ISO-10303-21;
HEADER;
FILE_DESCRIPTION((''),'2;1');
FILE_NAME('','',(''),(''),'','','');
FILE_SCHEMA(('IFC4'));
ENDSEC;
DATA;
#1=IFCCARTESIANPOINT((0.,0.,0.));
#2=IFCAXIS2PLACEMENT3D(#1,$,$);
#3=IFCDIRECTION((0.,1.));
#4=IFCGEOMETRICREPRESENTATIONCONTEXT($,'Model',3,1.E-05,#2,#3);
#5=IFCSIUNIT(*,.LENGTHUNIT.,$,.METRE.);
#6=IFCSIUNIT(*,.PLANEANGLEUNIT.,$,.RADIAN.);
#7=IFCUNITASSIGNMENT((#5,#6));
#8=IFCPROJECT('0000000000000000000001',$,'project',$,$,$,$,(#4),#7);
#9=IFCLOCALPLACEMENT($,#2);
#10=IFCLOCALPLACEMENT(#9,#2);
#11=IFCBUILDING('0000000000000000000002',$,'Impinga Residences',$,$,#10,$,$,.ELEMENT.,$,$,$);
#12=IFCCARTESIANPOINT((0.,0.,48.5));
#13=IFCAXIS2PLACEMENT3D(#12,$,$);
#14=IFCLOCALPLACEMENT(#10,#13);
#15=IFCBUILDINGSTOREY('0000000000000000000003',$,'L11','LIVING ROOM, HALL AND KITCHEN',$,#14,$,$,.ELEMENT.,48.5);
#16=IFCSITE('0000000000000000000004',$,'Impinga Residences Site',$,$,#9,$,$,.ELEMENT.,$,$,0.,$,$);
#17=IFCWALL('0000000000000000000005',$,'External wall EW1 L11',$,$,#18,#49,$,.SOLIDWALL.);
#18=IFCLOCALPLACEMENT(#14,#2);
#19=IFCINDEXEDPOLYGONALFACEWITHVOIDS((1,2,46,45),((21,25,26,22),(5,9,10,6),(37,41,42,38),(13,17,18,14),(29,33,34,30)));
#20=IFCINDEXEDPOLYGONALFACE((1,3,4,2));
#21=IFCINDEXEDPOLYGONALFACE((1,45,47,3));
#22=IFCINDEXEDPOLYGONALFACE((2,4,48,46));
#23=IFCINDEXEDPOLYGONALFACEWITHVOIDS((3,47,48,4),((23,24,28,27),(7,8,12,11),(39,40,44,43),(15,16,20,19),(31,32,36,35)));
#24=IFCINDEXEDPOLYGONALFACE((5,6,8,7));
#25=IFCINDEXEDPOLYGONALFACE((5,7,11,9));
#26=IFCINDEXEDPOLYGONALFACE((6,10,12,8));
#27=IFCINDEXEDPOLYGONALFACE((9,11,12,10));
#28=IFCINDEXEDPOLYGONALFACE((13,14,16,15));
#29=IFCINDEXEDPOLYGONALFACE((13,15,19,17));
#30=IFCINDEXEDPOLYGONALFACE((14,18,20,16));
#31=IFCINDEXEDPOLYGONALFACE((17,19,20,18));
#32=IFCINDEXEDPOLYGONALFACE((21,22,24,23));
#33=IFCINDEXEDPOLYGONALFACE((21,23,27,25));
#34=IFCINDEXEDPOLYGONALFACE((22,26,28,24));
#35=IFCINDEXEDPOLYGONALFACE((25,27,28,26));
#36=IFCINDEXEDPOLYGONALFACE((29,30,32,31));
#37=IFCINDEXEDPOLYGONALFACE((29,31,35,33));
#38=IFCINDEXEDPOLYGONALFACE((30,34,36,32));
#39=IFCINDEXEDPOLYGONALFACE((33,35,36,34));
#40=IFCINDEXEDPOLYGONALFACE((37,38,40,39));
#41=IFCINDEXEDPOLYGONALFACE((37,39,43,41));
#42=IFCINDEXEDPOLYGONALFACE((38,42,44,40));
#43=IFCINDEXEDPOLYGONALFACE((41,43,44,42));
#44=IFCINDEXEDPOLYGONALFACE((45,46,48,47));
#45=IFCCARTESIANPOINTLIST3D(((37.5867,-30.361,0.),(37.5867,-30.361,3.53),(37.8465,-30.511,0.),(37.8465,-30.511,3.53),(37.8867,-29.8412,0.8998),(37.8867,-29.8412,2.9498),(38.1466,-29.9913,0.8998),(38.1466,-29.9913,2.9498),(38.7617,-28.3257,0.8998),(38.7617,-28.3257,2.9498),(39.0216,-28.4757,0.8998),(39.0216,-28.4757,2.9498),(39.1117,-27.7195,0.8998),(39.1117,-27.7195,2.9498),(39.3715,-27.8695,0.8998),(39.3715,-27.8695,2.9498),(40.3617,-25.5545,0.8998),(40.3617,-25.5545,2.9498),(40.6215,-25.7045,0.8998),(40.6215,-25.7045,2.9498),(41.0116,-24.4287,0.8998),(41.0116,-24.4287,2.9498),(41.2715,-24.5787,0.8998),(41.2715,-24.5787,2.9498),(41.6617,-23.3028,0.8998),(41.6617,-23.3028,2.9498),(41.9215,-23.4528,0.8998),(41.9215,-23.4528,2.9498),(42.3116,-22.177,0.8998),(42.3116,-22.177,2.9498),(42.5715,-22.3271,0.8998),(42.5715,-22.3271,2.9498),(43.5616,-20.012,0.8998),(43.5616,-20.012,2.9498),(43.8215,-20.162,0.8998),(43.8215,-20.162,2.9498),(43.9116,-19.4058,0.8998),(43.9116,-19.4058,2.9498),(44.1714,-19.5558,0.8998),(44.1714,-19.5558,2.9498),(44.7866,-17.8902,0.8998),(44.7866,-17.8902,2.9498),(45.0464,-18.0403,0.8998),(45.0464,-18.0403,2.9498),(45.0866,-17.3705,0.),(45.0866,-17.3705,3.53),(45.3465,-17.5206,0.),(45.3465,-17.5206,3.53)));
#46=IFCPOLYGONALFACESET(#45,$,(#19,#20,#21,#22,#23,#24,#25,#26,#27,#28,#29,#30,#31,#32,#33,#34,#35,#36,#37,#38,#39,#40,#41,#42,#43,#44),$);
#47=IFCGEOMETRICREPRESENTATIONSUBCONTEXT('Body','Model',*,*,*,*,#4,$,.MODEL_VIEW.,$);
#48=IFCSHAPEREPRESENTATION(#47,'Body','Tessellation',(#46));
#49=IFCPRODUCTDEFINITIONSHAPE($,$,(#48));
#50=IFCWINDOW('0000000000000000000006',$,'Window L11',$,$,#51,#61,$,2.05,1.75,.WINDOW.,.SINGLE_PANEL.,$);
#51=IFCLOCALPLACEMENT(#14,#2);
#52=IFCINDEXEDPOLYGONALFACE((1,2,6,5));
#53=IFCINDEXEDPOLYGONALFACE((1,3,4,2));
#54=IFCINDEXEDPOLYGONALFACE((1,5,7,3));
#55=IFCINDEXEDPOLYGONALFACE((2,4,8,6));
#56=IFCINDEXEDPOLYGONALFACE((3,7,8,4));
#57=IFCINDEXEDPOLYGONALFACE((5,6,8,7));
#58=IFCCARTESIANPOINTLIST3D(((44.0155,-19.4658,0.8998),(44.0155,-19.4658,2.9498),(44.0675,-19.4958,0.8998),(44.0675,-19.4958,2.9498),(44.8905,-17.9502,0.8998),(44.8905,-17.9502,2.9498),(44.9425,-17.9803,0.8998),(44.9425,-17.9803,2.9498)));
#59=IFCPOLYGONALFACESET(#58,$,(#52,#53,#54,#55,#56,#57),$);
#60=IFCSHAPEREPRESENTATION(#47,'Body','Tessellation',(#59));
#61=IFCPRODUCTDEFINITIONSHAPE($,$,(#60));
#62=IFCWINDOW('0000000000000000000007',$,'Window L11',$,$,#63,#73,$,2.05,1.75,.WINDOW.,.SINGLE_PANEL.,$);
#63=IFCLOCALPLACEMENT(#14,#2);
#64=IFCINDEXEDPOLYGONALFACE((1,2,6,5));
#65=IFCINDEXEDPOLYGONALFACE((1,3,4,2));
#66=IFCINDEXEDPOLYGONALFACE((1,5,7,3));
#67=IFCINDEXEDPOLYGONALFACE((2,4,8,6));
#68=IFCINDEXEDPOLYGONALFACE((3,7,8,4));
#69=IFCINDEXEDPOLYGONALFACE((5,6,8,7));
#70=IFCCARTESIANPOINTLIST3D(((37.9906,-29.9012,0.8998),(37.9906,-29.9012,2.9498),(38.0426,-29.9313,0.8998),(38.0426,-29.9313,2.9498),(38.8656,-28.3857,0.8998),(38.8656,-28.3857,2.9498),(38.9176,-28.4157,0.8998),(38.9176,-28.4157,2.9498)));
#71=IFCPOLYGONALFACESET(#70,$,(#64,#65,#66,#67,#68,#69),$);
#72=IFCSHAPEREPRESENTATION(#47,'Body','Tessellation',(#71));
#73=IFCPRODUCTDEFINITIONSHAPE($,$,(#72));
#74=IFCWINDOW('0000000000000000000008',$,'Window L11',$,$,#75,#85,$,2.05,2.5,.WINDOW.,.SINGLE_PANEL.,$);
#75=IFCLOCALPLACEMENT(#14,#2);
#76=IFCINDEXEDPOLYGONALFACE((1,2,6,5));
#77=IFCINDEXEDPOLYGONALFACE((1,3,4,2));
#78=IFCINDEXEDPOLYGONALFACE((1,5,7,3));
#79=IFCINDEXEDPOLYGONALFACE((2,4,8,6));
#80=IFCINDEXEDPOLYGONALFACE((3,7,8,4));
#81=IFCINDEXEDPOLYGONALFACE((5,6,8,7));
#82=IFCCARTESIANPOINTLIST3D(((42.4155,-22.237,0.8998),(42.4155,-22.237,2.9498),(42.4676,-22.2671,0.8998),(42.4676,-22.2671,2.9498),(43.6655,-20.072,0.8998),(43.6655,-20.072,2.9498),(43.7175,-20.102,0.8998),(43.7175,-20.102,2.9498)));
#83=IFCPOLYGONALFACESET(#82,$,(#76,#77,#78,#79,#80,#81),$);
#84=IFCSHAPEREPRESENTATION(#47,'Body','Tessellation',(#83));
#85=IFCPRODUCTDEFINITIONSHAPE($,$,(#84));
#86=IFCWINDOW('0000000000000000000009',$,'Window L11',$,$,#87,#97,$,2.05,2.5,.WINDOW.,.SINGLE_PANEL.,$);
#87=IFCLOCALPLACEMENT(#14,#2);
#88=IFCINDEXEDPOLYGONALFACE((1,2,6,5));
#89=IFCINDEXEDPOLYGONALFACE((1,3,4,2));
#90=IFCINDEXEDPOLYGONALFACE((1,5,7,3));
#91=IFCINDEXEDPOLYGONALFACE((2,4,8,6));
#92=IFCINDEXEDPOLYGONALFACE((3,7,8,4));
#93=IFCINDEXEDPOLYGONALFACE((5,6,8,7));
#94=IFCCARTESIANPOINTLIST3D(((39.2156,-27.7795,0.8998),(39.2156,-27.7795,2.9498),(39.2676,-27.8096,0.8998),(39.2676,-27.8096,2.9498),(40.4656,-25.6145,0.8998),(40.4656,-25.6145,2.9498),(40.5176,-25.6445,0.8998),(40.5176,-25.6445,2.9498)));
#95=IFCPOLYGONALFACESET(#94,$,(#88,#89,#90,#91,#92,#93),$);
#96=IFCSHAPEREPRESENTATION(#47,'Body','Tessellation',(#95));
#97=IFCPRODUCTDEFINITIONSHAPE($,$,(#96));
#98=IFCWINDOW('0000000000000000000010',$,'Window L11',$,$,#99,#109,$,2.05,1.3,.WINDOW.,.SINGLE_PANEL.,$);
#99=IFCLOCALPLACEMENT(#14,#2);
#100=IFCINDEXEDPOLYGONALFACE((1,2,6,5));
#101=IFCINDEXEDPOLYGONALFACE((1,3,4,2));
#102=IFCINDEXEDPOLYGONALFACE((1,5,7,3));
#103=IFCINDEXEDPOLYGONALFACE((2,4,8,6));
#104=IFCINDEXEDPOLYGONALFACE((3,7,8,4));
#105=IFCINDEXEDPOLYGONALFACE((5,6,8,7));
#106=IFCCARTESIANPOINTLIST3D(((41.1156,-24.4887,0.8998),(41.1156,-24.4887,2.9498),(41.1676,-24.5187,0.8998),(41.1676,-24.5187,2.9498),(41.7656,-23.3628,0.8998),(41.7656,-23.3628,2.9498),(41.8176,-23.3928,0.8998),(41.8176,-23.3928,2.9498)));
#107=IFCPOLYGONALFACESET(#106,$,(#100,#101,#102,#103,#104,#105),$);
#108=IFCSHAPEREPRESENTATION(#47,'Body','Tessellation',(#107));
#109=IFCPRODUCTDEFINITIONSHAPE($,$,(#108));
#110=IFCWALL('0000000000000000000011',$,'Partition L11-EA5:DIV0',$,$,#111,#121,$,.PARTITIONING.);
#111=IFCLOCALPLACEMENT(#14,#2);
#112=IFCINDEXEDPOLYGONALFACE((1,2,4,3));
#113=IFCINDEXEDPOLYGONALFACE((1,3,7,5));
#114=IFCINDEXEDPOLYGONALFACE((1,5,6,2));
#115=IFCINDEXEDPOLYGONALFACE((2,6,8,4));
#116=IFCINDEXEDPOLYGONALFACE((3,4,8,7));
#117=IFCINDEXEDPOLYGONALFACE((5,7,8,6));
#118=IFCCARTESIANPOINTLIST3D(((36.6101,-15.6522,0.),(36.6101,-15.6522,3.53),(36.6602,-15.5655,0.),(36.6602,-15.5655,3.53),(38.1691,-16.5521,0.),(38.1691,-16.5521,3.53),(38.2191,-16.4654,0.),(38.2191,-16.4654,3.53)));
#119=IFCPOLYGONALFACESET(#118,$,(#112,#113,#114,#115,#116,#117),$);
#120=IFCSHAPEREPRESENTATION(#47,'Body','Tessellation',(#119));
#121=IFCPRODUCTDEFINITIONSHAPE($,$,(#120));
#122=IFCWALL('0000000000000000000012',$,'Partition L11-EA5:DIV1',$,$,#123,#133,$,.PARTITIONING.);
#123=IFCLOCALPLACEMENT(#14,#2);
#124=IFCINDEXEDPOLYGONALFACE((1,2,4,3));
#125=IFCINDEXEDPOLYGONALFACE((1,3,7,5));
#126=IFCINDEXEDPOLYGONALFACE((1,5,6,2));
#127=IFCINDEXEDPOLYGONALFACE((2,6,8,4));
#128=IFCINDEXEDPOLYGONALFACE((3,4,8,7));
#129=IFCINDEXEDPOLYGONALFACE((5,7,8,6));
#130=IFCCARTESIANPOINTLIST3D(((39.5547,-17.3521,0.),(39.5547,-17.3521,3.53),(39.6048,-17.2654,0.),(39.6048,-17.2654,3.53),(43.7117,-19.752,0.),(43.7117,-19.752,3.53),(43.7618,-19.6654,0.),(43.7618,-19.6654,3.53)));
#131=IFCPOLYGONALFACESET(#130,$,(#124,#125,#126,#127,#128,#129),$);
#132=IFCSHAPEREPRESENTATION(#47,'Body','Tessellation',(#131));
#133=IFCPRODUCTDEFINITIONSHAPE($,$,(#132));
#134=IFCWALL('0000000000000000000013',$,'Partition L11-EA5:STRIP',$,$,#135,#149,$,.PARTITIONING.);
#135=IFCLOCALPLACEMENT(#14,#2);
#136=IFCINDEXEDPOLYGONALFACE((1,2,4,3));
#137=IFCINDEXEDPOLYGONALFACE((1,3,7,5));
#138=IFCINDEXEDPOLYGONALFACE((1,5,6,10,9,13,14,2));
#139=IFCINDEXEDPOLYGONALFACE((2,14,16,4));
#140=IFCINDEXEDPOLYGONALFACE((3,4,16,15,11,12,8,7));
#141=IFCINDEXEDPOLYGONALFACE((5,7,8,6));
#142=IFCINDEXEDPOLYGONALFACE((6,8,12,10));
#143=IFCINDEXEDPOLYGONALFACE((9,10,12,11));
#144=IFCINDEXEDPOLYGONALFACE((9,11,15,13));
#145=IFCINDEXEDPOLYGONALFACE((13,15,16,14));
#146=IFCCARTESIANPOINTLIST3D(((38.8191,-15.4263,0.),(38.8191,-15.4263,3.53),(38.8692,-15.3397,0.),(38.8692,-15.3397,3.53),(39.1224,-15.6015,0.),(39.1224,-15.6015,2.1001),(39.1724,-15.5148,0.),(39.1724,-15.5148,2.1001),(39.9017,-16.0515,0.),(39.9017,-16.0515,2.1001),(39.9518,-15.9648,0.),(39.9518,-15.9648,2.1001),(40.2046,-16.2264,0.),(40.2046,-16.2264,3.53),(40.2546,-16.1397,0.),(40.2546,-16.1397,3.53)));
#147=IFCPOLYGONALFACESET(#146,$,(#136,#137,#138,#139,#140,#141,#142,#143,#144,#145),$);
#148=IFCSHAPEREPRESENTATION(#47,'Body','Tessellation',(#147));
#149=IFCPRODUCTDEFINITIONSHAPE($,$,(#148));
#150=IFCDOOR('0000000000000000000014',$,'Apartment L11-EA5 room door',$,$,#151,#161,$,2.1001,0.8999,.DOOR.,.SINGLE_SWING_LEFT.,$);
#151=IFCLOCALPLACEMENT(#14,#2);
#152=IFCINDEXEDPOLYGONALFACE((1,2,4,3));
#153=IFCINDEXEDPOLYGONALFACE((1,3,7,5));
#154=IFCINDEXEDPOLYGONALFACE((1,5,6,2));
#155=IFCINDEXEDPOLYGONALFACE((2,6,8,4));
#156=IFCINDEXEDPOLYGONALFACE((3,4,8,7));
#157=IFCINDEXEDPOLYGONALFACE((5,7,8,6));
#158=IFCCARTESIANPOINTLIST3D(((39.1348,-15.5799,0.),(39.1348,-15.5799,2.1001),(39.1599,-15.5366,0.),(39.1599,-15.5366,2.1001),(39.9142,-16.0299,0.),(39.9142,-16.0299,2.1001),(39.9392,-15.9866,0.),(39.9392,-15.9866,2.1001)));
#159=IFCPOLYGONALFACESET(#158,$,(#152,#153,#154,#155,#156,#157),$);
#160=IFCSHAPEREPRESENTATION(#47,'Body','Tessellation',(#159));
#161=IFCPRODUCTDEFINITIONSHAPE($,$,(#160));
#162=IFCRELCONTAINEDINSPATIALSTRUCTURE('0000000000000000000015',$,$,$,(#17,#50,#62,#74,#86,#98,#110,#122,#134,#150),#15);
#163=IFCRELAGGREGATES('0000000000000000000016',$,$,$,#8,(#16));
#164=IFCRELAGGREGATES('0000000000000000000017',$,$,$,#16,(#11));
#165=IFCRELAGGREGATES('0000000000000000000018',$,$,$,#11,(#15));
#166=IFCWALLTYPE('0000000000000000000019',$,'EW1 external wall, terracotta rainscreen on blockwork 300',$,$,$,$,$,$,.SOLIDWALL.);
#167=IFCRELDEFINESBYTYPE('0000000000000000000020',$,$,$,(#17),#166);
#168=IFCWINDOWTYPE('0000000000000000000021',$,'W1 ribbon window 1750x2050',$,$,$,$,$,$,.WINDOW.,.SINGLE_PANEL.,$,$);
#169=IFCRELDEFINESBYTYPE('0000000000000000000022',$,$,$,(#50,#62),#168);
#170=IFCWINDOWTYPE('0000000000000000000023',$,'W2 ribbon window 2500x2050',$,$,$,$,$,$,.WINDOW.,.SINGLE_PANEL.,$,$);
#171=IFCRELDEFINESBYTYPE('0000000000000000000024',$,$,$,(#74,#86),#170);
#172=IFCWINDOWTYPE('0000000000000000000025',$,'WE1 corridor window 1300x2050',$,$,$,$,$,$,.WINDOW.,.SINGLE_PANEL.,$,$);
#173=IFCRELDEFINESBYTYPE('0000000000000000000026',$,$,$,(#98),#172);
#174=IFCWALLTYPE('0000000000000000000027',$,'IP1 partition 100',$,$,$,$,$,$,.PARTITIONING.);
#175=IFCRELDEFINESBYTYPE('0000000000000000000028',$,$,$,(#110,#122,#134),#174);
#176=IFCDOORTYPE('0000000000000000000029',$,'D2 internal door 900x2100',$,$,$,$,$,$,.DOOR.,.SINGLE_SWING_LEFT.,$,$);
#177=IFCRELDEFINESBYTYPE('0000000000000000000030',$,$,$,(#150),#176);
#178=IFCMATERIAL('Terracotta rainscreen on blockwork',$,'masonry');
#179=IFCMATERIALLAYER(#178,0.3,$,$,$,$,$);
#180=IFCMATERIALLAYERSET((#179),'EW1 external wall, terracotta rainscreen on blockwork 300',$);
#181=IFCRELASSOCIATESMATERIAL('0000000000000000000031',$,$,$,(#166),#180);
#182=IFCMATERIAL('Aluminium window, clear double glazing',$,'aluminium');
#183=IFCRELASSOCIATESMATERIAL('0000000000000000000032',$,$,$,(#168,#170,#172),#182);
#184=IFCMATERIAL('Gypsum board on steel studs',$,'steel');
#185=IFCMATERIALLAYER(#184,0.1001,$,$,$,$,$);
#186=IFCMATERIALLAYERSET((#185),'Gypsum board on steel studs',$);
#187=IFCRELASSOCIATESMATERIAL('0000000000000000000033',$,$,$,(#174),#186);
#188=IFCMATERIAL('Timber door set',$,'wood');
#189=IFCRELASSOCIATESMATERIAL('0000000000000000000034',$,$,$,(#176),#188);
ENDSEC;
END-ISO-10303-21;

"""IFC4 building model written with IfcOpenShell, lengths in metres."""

from ifc_helpers import new_model, si_unit, direction, frame, frame_2d, origin, place, context, subcontext, project, spatial, rectangle, extrude, material, layer, layer_set, type_object, element, fill, save


model = new_model("IFC4")

# Units and contexts
model_context = context("Model", 3, precision=1e-05, world=origin(), true_north=direction((0.0, 1.0)))
body_context = subcontext(model_context, "Body", "Model", "MODEL_VIEW")
ifc_project = project(units=[si_unit("LENGTHUNIT", "METRE"), si_unit("PLANEANGLEUNIT", "RADIAN")], contexts=[model_context])

# Site, building, storey
site_placement = place(None, origin())
site = spatial("IfcSite", under=ifc_project, at=site_placement, Name="Impinga Residences Site", CompositionType="ELEMENT", RefElevation=0.0)
building_placement = place(site_placement, origin())
building = spatial("IfcBuilding", under=site, at=building_placement, Name="Impinga Residences", CompositionType="ELEMENT")
storey_placement = place(building_placement, frame((0.0, 0.0, 48.5)))
storey = spatial("IfcBuildingStorey", under=building, at=storey_placement, Name="L11", Description="LIVING ROOM, HALL AND KITCHEN", CompositionType="ELEMENT", Elevation=48.5)

# Shared definitions
ifc_material_1 = material(Name="Terracotta rainscreen on blockwork", Category="masonry")
ifc_layer_1 = layer(ifc_material_1, 0.3)
ifc_layer_set_1 = layer_set([ifc_layer_1], Name="EW1 external wall, terracotta rainscreen on blockwork 300")
wall_type_1 = type_object("IfcWallType", Name="EW1 external wall, terracotta rainscreen on blockwork 300", PredefinedType="SOLIDWALL", material=ifc_layer_set_1)

# Wall, openings, windows
wall_1_placement = place(storey_placement, frame((45.2166, -17.4456, 0.0), z_axis=(0.0, 0.0, 1.0), x_axis=(-0.499997, -0.866027, 0.0)))
wall_1 = element("IfcWall", 1, at=wall_1_placement, inside=storey, type_object=wall_type_1, Name="External wall EW1 L11", PredefinedType="SOLIDWALL", context=body_context, shape_type="SweptSolid", body=[
    extrude(rectangle(XDim=15.0, YDim=0.3, at=frame_2d((7.5, 0.0))), origin(), (0.0, 0.0, 1.0), 3.53),
])
opening_1_placement = place(wall_1_placement, frame((0.6001, 0.0, 0.8999)))
opening_1 = element("IfcOpeningElement", 2, at=opening_1_placement, cuts=wall_1, PredefinedType="OPENING", context=body_context, shape_type="SweptSolid", body=[
    extrude(rectangle(XDim=1.75, YDim=2.05, at=frame_2d((0.875, 1.0249))), frame((0.0, 0.1599, 0.0), z_axis=(0.0, -1.0, 0.0), x_axis=(1.0, 0.0, 0.0)), (0.0, 0.0, 1.0), 0.3201),
])
opening_2_placement = place(wall_1_placement, frame((3.05, 0.0, 0.8999)))
opening_2 = element("IfcOpeningElement", 3, at=opening_2_placement, cuts=wall_1, PredefinedType="OPENING", context=body_context, shape_type="SweptSolid", body=[
    extrude(rectangle(XDim=2.5, YDim=2.05, at=frame_2d((1.25, 1.0249))), frame((0.0, 0.1599, 0.0), z_axis=(0.0, -1.0, 0.0), x_axis=(1.0, 0.0, 0.0)), (0.0, 0.0, 1.0), 0.3201),
])
opening_3_placement = place(wall_1_placement, frame((6.8501, 0.0, 0.8999)))
opening_3 = element("IfcOpeningElement", 4, at=opening_3_placement, cuts=wall_1, PredefinedType="OPENING", context=body_context, shape_type="SweptSolid", body=[
    extrude(rectangle(XDim=1.3, YDim=2.05, at=frame_2d((0.6499, 1.0249))), frame((0.0, 0.1599, 0.0), z_axis=(0.0, -1.0, 0.0), x_axis=(1.0, 0.0, 0.0)), (0.0, 0.0, 1.0), 0.3201),
])
opening_4_placement = place(wall_1_placement, frame((9.45, 0.0, 0.8999)))
opening_4 = element("IfcOpeningElement", 5, at=opening_4_placement, cuts=wall_1, PredefinedType="OPENING", context=body_context, shape_type="SweptSolid", body=[
    extrude(rectangle(XDim=2.5, YDim=2.05, at=frame_2d((1.25, 1.0249))), frame((0.0, 0.1599, 0.0), z_axis=(0.0, -1.0, 0.0), x_axis=(1.0, 0.0, 0.0)), (0.0, 0.0, 1.0), 0.3201),
])
opening_5_placement = place(wall_1_placement, frame((12.6499, 0.0, 0.8999)))
opening_5 = element("IfcOpeningElement", 6, at=opening_5_placement, cuts=wall_1, PredefinedType="OPENING", context=body_context, shape_type="SweptSolid", body=[
    extrude(rectangle(XDim=1.75, YDim=2.05, at=frame_2d((0.875, 1.0249))), frame((0.0, 0.1599, 0.0), z_axis=(0.0, -1.0, 0.0), x_axis=(1.0, 0.0, 0.0)), (0.0, 0.0, 1.0), 0.3201),
])
ifc_material_2 = material(Name="Aluminium window, clear double glazing", Category="aluminium")
window_type_1 = type_object("IfcWindowType", Name="W1 ribbon window 1750x2050", PartitioningType="SINGLE_PANEL", PredefinedType="WINDOW", material=ifc_material_2)
window_1_placement = place(opening_1_placement, origin())
window_1 = element("IfcWindow", 7, at=window_1_placement, inside=storey, type_object=window_type_1, Name="Window L11", OverallHeight=2.05, OverallWidth=1.75, PartitioningType="SINGLE_PANEL", PredefinedType="WINDOW", context=body_context, shape_type="SweptSolid", body=[
    extrude(rectangle(XDim=1.75, YDim=2.05, at=frame_2d((0.875, 1.0249))), frame((0.0, 0.03, 0.0), z_axis=(0.0, -1.0, 0.0), x_axis=(1.0, 0.0, 0.0)), (0.0, 0.0, 1.0), 0.0601),
])
fill(opening_1, window_1)
window_2_placement = place(opening_5_placement, origin())
window_2 = element("IfcWindow", 8, at=window_2_placement, inside=storey, type_object=window_type_1, Name="Window L11", OverallHeight=2.05, OverallWidth=1.75, PartitioningType="SINGLE_PANEL", PredefinedType="WINDOW", context=body_context, shape_type="SweptSolid", body=[
    extrude(rectangle(XDim=1.75, YDim=2.05, at=frame_2d((0.875, 1.0249))), frame((0.0, 0.03, 0.0), z_axis=(0.0, -1.0, 0.0), x_axis=(1.0, 0.0, 0.0)), (0.0, 0.0, 1.0), 0.0601),
])
fill(opening_5, window_2)
window_type_2 = type_object("IfcWindowType", Name="W2 ribbon window 2500x2050", PartitioningType="SINGLE_PANEL", PredefinedType="WINDOW", material=ifc_material_2)
window_3_placement = place(opening_2_placement, origin())
window_3 = element("IfcWindow", 9, at=window_3_placement, inside=storey, type_object=window_type_2, Name="Window L11", OverallHeight=2.05, OverallWidth=2.5, PartitioningType="SINGLE_PANEL", PredefinedType="WINDOW", context=body_context, shape_type="SweptSolid", body=[
    extrude(rectangle(XDim=2.5, YDim=2.05, at=frame_2d((1.25, 1.0249))), frame((0.0, 0.03, 0.0), z_axis=(0.0, -1.0, 0.0), x_axis=(1.0, 0.0, 0.0)), (0.0, 0.0, 1.0), 0.0601),
])
fill(opening_2, window_3)
window_4_placement = place(opening_4_placement, origin())
window_4 = element("IfcWindow", 10, at=window_4_placement, inside=storey, type_object=window_type_2, Name="Window L11", OverallHeight=2.05, OverallWidth=2.5, PartitioningType="SINGLE_PANEL", PredefinedType="WINDOW", context=body_context, shape_type="SweptSolid", body=[
    extrude(rectangle(XDim=2.5, YDim=2.05, at=frame_2d((1.25, 1.0249))), frame((0.0, 0.03, 0.0), z_axis=(0.0, -1.0, 0.0), x_axis=(1.0, 0.0, 0.0)), (0.0, 0.0, 1.0), 0.0601),
])
fill(opening_4, window_4)
window_type_3 = type_object("IfcWindowType", Name="WE1 corridor window 1300x2050", PartitioningType="SINGLE_PANEL", PredefinedType="WINDOW", material=ifc_material_2)
window_5_placement = place(opening_3_placement, origin())
window_5 = element("IfcWindow", 11, at=window_5_placement, inside=storey, type_object=window_type_3, Name="Window L11", OverallHeight=2.05, OverallWidth=1.3, PartitioningType="SINGLE_PANEL", PredefinedType="WINDOW", context=body_context, shape_type="SweptSolid", body=[
    extrude(rectangle(XDim=1.3, YDim=2.05, at=frame_2d((0.6499, 1.0249))), frame((0.0, 0.03, 0.0), z_axis=(0.0, -1.0, 0.0), x_axis=(1.0, 0.0, 0.0)), (0.0, 0.0, 1.0), 0.0601),
])
fill(opening_3, window_5)

# Walls
ifc_material_3 = material(Name="Gypsum board on steel studs", Category="steel")
ifc_layer_2 = layer(ifc_material_3, 0.1001)
ifc_layer_set_2 = layer_set([ifc_layer_2], Name="Gypsum board on steel studs")
wall_type_2 = type_object("IfcWallType", Name="IP1 partition 100", PredefinedType="PARTITIONING", material=ifc_layer_set_2)
wall_2_placement = place(storey_placement, frame((36.6353, -15.6089, 0.0), z_axis=(0.0, 0.0, 1.0), x_axis=(0.866048, -0.499961, 0.0)))
element("IfcWall", 12, at=wall_2_placement, inside=storey, type_object=wall_type_2, Name="Partition L11-EA5:DIV0", PredefinedType="PARTITIONING", context=body_context, shape_type="SweptSolid", body=[
    extrude(rectangle(XDim=1.8, YDim=0.1001, at=frame_2d((0.8999, 0.0))), origin(), (0.0, 0.0, 1.0), 3.53),
])
wall_3_placement = place(storey_placement, frame((39.5798, -17.3088, 0.0), z_axis=(0.0, 0.0, 1.0), x_axis=(0.866037, -0.499979, 0.0)))
element("IfcWall", 13, at=wall_3_placement, inside=storey, type_object=wall_type_2, Name="Partition L11-EA5:DIV1", PredefinedType="PARTITIONING", context=body_context, shape_type="SweptSolid", body=[
    extrude(rectangle(XDim=4.8, YDim=0.1001, at=frame_2d((2.3999, 0.0))), origin(), (0.0, 0.0, 1.0), 3.53),
])

# Wall, opening, door
wall_4_placement = place(storey_placement, frame((38.8442, -15.3831, 0.0), z_axis=(0.0, 0.0, 1.0), x_axis=(0.86599, -0.500061, 0.0)))
wall_4 = element("IfcWall", 14, at=wall_4_placement, inside=storey, type_object=wall_type_2, Name="Partition L11-EA5:STRIP", PredefinedType="PARTITIONING", context=body_context, shape_type="SweptSolid", body=[
    extrude(rectangle(XDim=1.5999, YDim=0.1001, at=frame_2d((0.7998, 0.0))), origin(), (0.0, 0.0, 1.0), 3.53),
])
opening_6_placement = place(wall_4_placement, frame((0.3501, 0.0, 0.0)))
opening_6 = element("IfcOpeningElement", 15, at=opening_6_placement, cuts=wall_4, PredefinedType="OPENING", context=body_context, shape_type="SweptSolid", body=[
    extrude(rectangle(XDim=0.8999, YDim=2.1001, at=frame_2d((0.45, 1.05))), frame((0.0, 0.0601, 0.0), z_axis=(0.0, -1.0, 0.0), x_axis=(1.0, 0.0, 0.0)), (0.0, 0.0, 1.0), 0.1201),
])
ifc_material_4 = material(Name="Timber door set", Category="wood")
door_type = type_object("IfcDoorType", Name="D2 internal door 900x2100", OperationType="SINGLE_SWING_LEFT", PredefinedType="DOOR", material=ifc_material_4)
door_placement = place(opening_6_placement, origin())
door = element("IfcDoor", 16, at=door_placement, inside=storey, type_object=door_type, Name="Apartment L11-EA5 room door", OperationType="SINGLE_SWING_LEFT", OverallHeight=2.1001, OverallWidth=0.8999, PredefinedType="DOOR", context=body_context, shape_type="SweptSolid", body=[
    extrude(rectangle(XDim=0.8999, YDim=2.1001, at=frame_2d((0.45, 1.05))), frame((0.0, 0.0249, 0.0), z_axis=(0.0, -1.0, 0.0), x_axis=(1.0, 0.0, 0.0)), (0.0, 0.0, 1.0), 0.05),
])
fill(opening_6, door)

save(model, "model.ifc")
